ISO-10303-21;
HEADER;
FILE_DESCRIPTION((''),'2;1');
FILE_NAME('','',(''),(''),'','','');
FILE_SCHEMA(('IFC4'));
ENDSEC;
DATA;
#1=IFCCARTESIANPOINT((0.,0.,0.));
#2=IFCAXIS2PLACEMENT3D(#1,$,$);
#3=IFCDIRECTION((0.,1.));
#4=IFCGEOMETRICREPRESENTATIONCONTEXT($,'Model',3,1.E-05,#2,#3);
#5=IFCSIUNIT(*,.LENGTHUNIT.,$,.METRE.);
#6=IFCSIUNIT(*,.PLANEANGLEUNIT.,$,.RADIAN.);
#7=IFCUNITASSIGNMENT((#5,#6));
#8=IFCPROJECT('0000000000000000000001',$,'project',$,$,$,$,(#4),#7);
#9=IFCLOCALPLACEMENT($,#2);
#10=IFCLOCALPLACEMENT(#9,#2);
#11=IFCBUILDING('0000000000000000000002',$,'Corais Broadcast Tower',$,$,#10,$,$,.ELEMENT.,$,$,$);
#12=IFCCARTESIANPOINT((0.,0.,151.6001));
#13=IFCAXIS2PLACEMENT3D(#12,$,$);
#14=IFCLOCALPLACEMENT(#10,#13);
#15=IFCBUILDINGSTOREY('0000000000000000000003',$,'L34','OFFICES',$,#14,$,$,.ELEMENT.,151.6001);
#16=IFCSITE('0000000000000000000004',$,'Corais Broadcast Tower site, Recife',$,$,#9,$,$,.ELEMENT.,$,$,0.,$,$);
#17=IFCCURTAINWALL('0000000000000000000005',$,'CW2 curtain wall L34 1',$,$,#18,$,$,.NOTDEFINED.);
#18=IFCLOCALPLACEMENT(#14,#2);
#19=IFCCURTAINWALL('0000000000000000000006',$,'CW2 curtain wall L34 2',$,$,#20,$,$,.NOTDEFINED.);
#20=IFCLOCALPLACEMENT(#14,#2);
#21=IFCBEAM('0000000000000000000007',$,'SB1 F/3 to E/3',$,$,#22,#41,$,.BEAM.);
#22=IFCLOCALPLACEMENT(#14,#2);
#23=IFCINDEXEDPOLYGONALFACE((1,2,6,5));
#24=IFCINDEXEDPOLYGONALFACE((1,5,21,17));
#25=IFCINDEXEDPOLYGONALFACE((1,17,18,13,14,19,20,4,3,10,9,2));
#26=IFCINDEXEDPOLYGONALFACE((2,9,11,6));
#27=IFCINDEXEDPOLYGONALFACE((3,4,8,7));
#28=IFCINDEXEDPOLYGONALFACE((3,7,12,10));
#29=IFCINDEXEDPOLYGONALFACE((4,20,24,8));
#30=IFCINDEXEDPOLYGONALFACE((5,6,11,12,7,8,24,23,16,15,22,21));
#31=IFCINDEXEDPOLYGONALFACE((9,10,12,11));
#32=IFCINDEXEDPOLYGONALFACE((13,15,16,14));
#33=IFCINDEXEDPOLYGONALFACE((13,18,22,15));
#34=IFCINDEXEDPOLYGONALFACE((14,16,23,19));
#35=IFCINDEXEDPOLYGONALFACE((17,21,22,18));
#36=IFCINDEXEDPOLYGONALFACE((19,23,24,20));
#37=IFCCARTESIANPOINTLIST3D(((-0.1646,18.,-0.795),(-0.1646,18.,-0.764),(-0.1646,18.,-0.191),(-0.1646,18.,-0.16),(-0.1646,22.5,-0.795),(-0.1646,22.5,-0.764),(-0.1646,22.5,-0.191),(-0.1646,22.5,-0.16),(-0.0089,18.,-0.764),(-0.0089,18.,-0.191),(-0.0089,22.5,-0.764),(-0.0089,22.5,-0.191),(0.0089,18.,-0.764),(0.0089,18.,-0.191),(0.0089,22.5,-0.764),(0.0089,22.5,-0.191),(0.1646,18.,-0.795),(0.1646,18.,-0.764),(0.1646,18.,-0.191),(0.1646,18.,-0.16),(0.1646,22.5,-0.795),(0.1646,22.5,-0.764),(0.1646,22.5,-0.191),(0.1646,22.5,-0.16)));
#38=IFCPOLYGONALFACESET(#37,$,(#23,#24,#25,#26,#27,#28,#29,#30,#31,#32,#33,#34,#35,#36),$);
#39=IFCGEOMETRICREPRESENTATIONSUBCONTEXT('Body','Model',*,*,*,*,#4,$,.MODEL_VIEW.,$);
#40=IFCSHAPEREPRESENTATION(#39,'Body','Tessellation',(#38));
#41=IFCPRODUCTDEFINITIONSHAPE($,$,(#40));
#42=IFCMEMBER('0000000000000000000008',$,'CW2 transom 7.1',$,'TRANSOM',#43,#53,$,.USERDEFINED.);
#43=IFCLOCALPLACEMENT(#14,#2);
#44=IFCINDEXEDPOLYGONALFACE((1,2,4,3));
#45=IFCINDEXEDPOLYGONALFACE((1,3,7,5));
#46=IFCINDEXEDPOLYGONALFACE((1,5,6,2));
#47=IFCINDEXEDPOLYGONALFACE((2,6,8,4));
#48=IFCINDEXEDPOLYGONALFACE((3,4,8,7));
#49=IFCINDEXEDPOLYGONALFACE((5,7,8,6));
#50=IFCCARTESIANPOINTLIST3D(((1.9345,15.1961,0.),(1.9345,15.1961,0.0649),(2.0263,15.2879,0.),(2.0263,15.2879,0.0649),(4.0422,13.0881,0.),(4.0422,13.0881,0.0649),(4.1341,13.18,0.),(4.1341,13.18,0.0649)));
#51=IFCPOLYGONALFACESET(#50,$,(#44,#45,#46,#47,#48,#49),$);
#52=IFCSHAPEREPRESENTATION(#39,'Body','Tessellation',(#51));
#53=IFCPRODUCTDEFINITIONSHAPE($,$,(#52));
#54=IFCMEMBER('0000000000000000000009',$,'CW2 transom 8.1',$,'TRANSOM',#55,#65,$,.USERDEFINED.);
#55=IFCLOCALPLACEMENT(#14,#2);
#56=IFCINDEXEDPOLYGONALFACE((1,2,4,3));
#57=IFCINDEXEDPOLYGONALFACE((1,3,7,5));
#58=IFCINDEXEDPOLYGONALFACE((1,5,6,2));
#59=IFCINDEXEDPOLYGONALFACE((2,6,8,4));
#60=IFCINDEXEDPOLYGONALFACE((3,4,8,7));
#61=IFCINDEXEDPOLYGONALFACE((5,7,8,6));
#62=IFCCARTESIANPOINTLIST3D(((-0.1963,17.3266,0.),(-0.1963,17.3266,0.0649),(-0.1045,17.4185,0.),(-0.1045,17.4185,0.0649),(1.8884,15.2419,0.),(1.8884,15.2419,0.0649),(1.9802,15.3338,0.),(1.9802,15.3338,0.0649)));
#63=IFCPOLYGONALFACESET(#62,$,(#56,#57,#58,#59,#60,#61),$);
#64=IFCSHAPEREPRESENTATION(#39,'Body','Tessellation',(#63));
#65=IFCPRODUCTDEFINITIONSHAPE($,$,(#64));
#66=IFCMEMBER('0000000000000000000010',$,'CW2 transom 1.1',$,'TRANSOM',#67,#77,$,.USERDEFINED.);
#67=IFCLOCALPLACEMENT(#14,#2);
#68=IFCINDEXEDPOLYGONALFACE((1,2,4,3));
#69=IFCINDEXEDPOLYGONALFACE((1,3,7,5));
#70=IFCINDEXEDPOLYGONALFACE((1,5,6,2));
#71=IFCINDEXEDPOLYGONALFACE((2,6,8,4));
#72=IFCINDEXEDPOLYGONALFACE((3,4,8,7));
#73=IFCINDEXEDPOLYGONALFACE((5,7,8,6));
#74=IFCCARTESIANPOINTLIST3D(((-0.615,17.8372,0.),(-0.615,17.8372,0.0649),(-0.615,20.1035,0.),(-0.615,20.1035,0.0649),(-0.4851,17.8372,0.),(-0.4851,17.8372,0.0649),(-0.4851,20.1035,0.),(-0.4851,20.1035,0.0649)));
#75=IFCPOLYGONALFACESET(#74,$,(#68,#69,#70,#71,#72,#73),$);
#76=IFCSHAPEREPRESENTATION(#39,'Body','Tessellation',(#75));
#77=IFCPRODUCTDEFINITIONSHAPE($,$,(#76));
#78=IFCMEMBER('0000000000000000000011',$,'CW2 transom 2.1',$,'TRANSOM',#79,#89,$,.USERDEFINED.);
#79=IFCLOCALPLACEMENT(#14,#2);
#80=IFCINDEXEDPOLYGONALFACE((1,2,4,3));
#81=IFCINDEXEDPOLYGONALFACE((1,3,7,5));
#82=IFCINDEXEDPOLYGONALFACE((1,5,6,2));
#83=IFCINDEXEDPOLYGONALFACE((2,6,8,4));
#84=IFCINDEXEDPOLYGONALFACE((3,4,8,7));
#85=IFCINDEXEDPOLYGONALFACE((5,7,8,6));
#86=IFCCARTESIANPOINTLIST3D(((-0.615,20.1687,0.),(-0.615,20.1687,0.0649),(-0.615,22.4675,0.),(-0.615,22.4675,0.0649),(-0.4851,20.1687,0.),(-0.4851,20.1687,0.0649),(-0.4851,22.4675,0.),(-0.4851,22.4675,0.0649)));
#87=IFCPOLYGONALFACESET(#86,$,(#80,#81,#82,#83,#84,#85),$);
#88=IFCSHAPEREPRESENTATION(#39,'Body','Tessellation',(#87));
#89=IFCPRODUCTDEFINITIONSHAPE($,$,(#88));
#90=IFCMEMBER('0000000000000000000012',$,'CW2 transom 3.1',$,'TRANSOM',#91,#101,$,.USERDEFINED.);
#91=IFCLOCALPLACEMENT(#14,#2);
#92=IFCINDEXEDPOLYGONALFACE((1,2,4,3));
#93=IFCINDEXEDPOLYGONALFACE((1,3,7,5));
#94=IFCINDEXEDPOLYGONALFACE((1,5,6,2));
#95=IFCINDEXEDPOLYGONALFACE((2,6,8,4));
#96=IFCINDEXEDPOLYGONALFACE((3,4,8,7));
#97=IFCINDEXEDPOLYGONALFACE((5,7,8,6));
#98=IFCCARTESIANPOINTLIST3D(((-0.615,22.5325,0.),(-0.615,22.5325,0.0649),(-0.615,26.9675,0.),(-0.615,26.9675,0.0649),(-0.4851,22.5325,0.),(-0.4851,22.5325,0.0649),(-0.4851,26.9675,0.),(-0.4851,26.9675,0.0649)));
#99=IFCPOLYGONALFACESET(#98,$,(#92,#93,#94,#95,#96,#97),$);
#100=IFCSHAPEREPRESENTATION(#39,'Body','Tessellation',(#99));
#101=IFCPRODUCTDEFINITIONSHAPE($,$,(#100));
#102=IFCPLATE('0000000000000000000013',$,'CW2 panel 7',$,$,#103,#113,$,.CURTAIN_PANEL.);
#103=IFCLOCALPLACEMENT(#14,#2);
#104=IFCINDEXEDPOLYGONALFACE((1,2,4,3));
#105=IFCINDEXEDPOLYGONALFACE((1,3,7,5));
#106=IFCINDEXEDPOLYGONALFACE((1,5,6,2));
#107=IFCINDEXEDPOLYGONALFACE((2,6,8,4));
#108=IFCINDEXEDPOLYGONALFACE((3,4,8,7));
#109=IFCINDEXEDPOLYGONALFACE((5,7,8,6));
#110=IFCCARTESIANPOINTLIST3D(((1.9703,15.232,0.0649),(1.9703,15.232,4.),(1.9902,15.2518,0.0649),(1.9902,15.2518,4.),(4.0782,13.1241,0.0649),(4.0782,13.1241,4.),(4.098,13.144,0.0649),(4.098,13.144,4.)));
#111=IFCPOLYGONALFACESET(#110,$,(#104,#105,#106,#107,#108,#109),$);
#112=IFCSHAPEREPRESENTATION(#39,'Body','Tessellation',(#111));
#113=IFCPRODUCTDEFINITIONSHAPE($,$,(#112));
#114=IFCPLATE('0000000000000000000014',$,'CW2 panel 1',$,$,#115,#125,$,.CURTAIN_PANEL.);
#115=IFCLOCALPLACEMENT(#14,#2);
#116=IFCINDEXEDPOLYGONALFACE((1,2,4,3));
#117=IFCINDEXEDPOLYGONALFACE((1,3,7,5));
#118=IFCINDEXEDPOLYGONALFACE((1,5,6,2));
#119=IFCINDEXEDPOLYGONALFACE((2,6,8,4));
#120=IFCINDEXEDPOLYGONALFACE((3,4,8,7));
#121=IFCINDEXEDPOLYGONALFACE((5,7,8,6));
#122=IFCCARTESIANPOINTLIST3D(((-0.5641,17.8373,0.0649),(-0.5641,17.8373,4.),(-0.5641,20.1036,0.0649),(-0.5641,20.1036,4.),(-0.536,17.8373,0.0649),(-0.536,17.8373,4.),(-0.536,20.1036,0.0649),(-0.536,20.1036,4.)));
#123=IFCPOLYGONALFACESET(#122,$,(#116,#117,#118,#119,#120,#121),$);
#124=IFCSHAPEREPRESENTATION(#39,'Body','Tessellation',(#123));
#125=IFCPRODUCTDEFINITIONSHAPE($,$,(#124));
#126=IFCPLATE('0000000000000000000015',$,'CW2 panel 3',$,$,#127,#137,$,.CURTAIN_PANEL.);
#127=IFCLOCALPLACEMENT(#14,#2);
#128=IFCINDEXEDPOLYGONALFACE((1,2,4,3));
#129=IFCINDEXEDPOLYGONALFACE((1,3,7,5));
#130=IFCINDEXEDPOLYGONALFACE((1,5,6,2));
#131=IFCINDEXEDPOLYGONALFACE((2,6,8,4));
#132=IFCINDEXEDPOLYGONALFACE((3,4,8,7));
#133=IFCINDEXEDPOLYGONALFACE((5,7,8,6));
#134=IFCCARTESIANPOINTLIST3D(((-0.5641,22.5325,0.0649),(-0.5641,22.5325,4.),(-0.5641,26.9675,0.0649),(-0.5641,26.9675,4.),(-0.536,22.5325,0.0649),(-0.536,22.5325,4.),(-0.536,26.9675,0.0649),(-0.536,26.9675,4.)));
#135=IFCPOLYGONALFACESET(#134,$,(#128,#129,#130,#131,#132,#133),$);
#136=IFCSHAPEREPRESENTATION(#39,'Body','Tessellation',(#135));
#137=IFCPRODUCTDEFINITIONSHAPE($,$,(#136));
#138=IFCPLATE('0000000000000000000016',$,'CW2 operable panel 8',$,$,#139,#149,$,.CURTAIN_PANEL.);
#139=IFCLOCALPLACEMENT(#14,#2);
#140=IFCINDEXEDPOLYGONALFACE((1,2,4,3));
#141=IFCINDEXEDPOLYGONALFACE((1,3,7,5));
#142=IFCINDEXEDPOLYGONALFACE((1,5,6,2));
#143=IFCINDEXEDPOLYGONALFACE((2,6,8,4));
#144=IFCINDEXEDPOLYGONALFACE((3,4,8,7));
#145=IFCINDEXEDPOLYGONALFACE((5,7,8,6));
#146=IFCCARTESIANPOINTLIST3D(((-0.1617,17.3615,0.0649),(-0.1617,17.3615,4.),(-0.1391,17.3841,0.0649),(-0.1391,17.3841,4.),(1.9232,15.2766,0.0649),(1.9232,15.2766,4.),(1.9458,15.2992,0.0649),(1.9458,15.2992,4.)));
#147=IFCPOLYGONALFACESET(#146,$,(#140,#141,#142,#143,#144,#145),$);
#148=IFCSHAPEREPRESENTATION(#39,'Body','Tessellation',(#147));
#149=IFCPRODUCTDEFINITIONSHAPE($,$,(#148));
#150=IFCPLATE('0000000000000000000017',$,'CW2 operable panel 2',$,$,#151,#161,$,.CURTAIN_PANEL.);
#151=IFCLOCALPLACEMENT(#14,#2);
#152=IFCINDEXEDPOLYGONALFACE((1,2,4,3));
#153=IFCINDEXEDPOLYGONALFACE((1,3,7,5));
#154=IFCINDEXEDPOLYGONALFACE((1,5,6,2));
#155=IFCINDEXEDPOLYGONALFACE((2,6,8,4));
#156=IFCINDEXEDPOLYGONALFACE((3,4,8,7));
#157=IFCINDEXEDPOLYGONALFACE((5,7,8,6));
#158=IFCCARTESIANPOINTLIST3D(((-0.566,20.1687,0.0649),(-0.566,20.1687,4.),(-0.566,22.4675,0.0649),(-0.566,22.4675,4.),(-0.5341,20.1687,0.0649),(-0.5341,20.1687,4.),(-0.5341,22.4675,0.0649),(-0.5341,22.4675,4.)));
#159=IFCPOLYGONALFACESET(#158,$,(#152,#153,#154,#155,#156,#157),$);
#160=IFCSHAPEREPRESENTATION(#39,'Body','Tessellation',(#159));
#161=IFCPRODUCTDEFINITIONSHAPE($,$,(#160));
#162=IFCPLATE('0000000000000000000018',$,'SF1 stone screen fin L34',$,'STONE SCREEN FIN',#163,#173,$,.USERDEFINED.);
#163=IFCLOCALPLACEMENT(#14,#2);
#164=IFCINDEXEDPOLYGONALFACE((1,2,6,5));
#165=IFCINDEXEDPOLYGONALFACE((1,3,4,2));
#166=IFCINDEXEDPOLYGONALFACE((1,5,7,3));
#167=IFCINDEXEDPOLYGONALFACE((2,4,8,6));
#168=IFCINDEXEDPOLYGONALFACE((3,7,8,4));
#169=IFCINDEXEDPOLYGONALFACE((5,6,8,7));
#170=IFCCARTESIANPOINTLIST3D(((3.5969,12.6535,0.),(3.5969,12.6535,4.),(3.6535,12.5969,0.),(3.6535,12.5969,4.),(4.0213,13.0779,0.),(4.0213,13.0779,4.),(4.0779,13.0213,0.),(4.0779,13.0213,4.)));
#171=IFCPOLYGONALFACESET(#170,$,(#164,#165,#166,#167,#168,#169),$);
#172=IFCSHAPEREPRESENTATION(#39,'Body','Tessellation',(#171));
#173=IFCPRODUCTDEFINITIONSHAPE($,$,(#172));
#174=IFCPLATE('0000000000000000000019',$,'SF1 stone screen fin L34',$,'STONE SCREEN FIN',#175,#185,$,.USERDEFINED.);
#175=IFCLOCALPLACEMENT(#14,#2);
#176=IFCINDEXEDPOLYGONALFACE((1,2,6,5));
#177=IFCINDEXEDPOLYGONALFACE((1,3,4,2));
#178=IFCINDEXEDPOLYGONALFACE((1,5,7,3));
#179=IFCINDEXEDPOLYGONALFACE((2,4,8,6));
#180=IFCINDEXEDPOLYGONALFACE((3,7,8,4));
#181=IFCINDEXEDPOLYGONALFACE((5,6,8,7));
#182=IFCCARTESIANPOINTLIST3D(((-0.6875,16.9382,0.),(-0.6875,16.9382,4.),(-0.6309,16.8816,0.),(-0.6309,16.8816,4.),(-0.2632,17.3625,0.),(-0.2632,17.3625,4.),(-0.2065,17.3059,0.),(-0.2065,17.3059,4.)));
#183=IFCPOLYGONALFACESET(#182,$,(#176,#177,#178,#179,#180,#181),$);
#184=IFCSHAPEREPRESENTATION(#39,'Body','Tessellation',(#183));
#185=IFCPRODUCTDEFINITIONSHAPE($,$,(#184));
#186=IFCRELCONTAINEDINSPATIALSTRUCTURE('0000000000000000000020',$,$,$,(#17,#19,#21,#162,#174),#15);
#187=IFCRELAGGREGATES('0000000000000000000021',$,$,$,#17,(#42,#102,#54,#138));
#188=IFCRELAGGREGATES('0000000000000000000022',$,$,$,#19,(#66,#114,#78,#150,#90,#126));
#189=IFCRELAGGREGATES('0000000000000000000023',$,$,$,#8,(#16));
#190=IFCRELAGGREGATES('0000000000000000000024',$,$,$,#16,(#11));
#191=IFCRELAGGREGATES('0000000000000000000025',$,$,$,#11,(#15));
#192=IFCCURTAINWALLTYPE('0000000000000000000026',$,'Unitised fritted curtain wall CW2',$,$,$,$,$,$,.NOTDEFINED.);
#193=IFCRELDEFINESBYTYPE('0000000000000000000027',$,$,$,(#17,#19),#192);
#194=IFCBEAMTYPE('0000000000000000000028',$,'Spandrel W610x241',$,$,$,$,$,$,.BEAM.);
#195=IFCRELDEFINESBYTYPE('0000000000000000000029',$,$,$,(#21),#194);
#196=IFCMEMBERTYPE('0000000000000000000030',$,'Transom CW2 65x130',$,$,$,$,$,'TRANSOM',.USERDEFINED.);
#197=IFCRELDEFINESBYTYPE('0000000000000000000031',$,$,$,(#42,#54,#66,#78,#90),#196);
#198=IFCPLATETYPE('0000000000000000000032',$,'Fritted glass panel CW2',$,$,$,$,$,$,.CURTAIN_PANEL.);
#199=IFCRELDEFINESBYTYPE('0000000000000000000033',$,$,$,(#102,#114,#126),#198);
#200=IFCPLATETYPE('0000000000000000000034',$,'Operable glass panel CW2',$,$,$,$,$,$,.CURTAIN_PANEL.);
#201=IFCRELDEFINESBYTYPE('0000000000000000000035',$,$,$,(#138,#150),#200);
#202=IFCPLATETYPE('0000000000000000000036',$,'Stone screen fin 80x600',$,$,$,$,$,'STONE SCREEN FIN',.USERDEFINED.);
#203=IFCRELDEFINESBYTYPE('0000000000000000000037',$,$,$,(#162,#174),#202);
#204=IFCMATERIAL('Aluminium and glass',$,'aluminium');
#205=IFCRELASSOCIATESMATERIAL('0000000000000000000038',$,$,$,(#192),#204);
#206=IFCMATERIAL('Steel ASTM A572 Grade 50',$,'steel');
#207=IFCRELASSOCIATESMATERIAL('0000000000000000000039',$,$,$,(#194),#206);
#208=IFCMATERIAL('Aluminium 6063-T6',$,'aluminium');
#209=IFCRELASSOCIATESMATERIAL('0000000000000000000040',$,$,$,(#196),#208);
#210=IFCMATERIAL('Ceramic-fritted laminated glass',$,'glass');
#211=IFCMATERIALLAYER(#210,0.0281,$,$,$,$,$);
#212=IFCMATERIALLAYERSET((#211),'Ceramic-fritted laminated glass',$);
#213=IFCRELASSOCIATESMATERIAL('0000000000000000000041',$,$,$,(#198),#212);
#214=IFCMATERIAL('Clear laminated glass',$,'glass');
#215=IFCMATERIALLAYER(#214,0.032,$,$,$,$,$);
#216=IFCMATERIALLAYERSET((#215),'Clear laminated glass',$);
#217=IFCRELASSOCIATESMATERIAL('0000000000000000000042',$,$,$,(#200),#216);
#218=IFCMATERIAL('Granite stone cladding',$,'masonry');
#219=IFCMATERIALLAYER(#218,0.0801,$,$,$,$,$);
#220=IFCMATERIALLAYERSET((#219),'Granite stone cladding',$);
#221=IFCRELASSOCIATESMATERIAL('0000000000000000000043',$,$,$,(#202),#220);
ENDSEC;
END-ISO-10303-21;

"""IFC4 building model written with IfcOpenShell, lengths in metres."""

from ifc_helpers import new_model, si_unit, direction, frame, origin, origin_2d, place, context, subcontext, project, spatial, rectangle, i_section, extrude, material, layer, layer_set, material_profile, profile_set, type_object, element, aggregate, save


model = new_model("IFC4")

# Units and contexts
model_context = context("Model", 3, precision=1e-05, world=origin(), true_north=direction((0.0, 1.0)))
body_context = subcontext(model_context, "Body", "Model", "MODEL_VIEW")
ifc_project = project(units=[si_unit("LENGTHUNIT", "METRE"), si_unit("PLANEANGLEUNIT", "RADIAN")], contexts=[model_context])

# Site, building, storey
site_placement = place(None, origin())
site = spatial("IfcSite", under=ifc_project, at=site_placement, Name="Corais Broadcast Tower site, Recife", CompositionType="ELEMENT", RefElevation=0.0)
building_placement = place(site_placement, origin())
building = spatial("IfcBuilding", under=site, at=building_placement, Name="Corais Broadcast Tower", CompositionType="ELEMENT")
storey_placement = place(building_placement, frame((0.0, 0.0, 151.6001)))
storey = spatial("IfcBuildingStorey", under=building, at=storey_placement, Name="L34", Description="OFFICES", CompositionType="ELEMENT", Elevation=151.6001)

# Curtain walls
ifc_material_1 = material(Name="Aluminium and glass", Category="aluminium")
curtain_wall_type = type_object("IfcCurtainWallType", Name="Unitised fritted curtain wall CW2", PredefinedType="NOTDEFINED", material=ifc_material_1)
curtain_wall_1_placement = place(storey_placement, origin())
curtain_wall_1 = element("IfcCurtainWall", 1, at=curtain_wall_1_placement, inside=storey, type_object=curtain_wall_type, Name="CW2 curtain wall L34 1", PredefinedType="NOTDEFINED")
curtain_wall_2_placement = place(storey_placement, origin())
curtain_wall_2 = element("IfcCurtainWall", 2, at=curtain_wall_2_placement, inside=storey, type_object=curtain_wall_type, Name="CW2 curtain wall L34 2", PredefinedType="NOTDEFINED")

# Beam
ifc_material_2 = material(Name="Steel ASTM A572 Grade 50", Category="steel")
ifc_material_profile_1 = material_profile(ifc_material_2, i_section(OverallWidth=0.3291, OverallDepth=0.635, WebThickness=0.0178, FlangeThickness=0.031, at=origin_2d()), Name="W610x241")
ifc_profile_set_1 = profile_set([ifc_material_profile_1], Name="Steel ASTM A572 Grade 50")
beam_type_1 = type_object("IfcBeamType", Name="Spandrel W610x241", PredefinedType="BEAM", material=ifc_profile_set_1)
beam_1_placement = place(storey_placement, frame((0.0, 22.5, -0.4775), z_axis=(0.0, -1.0, 0.0), x_axis=(1.0, 0.0, 0.0)))
element("IfcBeam", 3, at=beam_1_placement, inside=storey, type_object=beam_type_1, Name="SB1 F/3 to E/3", PredefinedType="BEAM", context=body_context, shape_type="SweptSolid", body=[
    extrude(i_section(OverallWidth=0.3291, OverallDepth=0.635, WebThickness=0.0178, FlangeThickness=0.031, at=origin_2d()), origin(), (0.0, 0.0, 1.0), 4.5),
])

# Members
ifc_material_3 = material(Name="Aluminium 6063-T6", Category="aluminium")
ifc_material_profile_2 = material_profile(ifc_material_3, rectangle(XDim=0.1299, YDim=0.0649, at=origin_2d()), Name="Transom CW2 65x130")
ifc_profile_set_2 = profile_set([ifc_material_profile_2], Name="Aluminium 6063-T6")
member_type_1 = type_object("IfcMemberType", Name="Transom CW2 65x130", ElementType="TRANSOM", PredefinedType="USERDEFINED", material=ifc_profile_set_2)
member_1_placement = place(storey_placement, frame((4.0881, 13.134, 0.0325), z_axis=(-0.707066, 0.707148, 0.0), x_axis=(-0.707148, -0.707066, 0.0)))
member_1 = element("IfcMember", 4, at=member_1_placement, type_object=member_type_1, Name="CW2 transom 7.1", ObjectType="TRANSOM", PredefinedType="USERDEFINED", context=body_context, shape_type="SweptSolid", body=[
    extrude(rectangle(XDim=0.1299, YDim=0.0649, at=origin_2d()), origin(), (0.0, 0.0, 1.0), 2.981),
])
member_2_placement = place(storey_placement, frame((1.9343, 15.2878, 0.0325), z_axis=(-0.707107, 0.707107, 0.0), x_axis=(-0.707107, -0.707107, 0.0)))
member_2 = element("IfcMember", 5, at=member_2_placement, type_object=member_type_1, Name="CW2 transom 8.1", ObjectType="TRANSOM", PredefinedType="USERDEFINED", context=body_context, shape_type="SweptSolid", body=[
    extrude(rectangle(XDim=0.1299, YDim=0.0649, at=origin_2d()), origin(), (0.0, 0.0, 1.0), 2.9482),
])
member_3_placement = place(storey_placement, frame((-0.55, 17.8372, 0.0325), z_axis=(0.0, 1.0, 0.0), x_axis=(-1.0, 0.0, 0.0)))
member_3 = element("IfcMember", 6, at=member_3_placement, type_object=member_type_1, Name="CW2 transom 1.1", ObjectType="TRANSOM", PredefinedType="USERDEFINED", context=body_context, shape_type="SweptSolid", body=[
    extrude(rectangle(XDim=0.1299, YDim=0.0649, at=origin_2d()), origin(), (0.0, 0.0, 1.0), 2.2664),
])
member_4_placement = place(storey_placement, frame((-0.55, 20.1687, 0.0325), z_axis=(0.0, 1.0, 0.0), x_axis=(-1.0, 0.0, 0.0)))
member_4 = element("IfcMember", 7, at=member_4_placement, type_object=member_type_1, Name="CW2 transom 2.1", ObjectType="TRANSOM", PredefinedType="USERDEFINED", context=body_context, shape_type="SweptSolid", body=[
    extrude(rectangle(XDim=0.1299, YDim=0.0649, at=origin_2d()), origin(), (0.0, 0.0, 1.0), 2.2988),
])
member_5_placement = place(storey_placement, frame((-0.55, 22.5325, 0.0325), z_axis=(0.0, 1.0, 0.0), x_axis=(-1.0, 0.0, 0.0)))
member_5 = element("IfcMember", 8, at=member_5_placement, type_object=member_type_1, Name="CW2 transom 3.1", ObjectType="TRANSOM", PredefinedType="USERDEFINED", context=body_context, shape_type="SweptSolid", body=[
    extrude(rectangle(XDim=0.1299, YDim=0.0649, at=origin_2d()), origin(), (0.0, 0.0, 1.0), 4.4351),
])

# Plates
ifc_material_4 = material(Name="Ceramic-fritted laminated glass", Category="glass")
ifc_layer_1 = layer(ifc_material_4, 0.0281)
ifc_layer_set_1 = layer_set([ifc_layer_1], Name="Ceramic-fritted laminated glass")
plate_type_1 = type_object("IfcPlateType", Name="Fritted glass panel CW2", PredefinedType="CURTAIN_PANEL", material=ifc_layer_set_1)
plate_1_placement = place(storey_placement, frame((3.0342, 14.188, 0.0649), z_axis=(0.0, 0.0, 1.0), x_axis=(-0.707107, 0.707107, 0.0)))
plate_1 = element("IfcPlate", 9, at=plate_1_placement, type_object=plate_type_1, Name="CW2 panel 7", PredefinedType="CURTAIN_PANEL", context=body_context, shape_type="SweptSolid", body=[
    extrude(rectangle(XDim=2.981, YDim=0.0281, at=origin_2d()), origin(), (0.0, 0.0, 1.0), 3.9351),
])
plate_2_placement = place(storey_placement, frame((-0.55, 18.9705, 0.0649), z_axis=(0.0, 0.0, 1.0), x_axis=(0.0, 1.0, 0.0)))
plate_2 = element("IfcPlate", 10, at=plate_2_placement, type_object=plate_type_1, Name="CW2 panel 1", PredefinedType="CURTAIN_PANEL", context=body_context, shape_type="SweptSolid", body=[
    extrude(rectangle(XDim=2.2664, YDim=0.0281, at=origin_2d()), origin(), (0.0, 0.0, 1.0), 3.9351),
])
plate_3_placement = place(storey_placement, frame((-0.55, 24.75, 0.0649), z_axis=(0.0, 0.0, 1.0), x_axis=(0.0, 1.0, 0.0)))
plate_3 = element("IfcPlate", 11, at=plate_3_placement, type_object=plate_type_1, Name="CW2 panel 3", PredefinedType="CURTAIN_PANEL", context=body_context, shape_type="SweptSolid", body=[
    extrude(rectangle(XDim=4.4351, YDim=0.0281, at=origin_2d()), origin(), (0.0, 0.0, 1.0), 3.9351),
])
ifc_material_5 = material(Name="Clear laminated glass", Category="glass")
ifc_layer_2 = layer(ifc_material_5, 0.032)
ifc_layer_set_2 = layer_set([ifc_layer_2], Name="Clear laminated glass")
plate_type_2 = type_object("IfcPlateType", Name="Operable glass panel CW2", PredefinedType="CURTAIN_PANEL", material=ifc_layer_set_2)
plate_4_placement = place(storey_placement, frame((0.8921, 16.3303, 0.0649), z_axis=(0.0, 0.0, 1.0), x_axis=(-0.707107, 0.707107, 0.0)))
plate_4 = element("IfcPlate", 12, at=plate_4_placement, type_object=plate_type_2, Name="CW2 operable panel 8", PredefinedType="CURTAIN_PANEL", context=body_context, shape_type="SweptSolid", body=[
    extrude(rectangle(XDim=2.9485, YDim=0.032, at=origin_2d()), origin(), (0.0, 0.0, 1.0), 3.9351),
])
aggregate(curtain_wall_1, [member_1, plate_1, member_2, plate_4])
plate_5_placement = place(storey_placement, frame((-0.55, 21.3181, 0.0649), z_axis=(0.0, 0.0, 1.0), x_axis=(0.0, 1.0, 0.0)))
plate_5 = element("IfcPlate", 13, at=plate_5_placement, type_object=plate_type_2, Name="CW2 operable panel 2", PredefinedType="CURTAIN_PANEL", context=body_context, shape_type="SweptSolid", body=[
    extrude(rectangle(XDim=2.2988, YDim=0.032, at=origin_2d()), origin(), (0.0, 0.0, 1.0), 3.9351),
])
aggregate(curtain_wall_2, [member_3, plate_2, member_4, plate_5, member_5, plate_3])

# Plates
ifc_material_6 = material(Name="Granite stone cladding", Category="masonry")
ifc_layer_3 = layer(ifc_material_6, 0.0801)
ifc_layer_set_3 = layer_set([ifc_layer_3], Name="Granite stone cladding")
plate_type_3 = type_object("IfcPlateType", Name="Stone screen fin 80x600", ElementType="STONE SCREEN FIN", PredefinedType="USERDEFINED", material=ifc_layer_set_3)
for number, where, z_axis, x_axis, name in (
    (14, (3.8374, 12.8374, 0.0), (0.0, 0.0, 1.0), (-0.707107, 0.707107, 0.0), "SF1 stone screen fin L34"),
    (15, (-0.447, 17.1221, 0.0), (0.0, 0.0, 1.0), (-0.707107, 0.707107, 0.0), "SF1 stone screen fin L34"),
):
    element("IfcPlate", number, at=place(storey_placement, frame(where, z_axis=z_axis, x_axis=x_axis)), inside=storey, type_object=plate_type_3, Name=name, ObjectType="STONE SCREEN FIN", PredefinedType="USERDEFINED", context=body_context, shape_type="SweptSolid", body=[
        extrude(rectangle(XDim=0.0801, YDim=0.6001, at=origin_2d()), origin(), (0.0, 0.0, 1.0), 4.0),
    ])

save(model, "model.ifc")
